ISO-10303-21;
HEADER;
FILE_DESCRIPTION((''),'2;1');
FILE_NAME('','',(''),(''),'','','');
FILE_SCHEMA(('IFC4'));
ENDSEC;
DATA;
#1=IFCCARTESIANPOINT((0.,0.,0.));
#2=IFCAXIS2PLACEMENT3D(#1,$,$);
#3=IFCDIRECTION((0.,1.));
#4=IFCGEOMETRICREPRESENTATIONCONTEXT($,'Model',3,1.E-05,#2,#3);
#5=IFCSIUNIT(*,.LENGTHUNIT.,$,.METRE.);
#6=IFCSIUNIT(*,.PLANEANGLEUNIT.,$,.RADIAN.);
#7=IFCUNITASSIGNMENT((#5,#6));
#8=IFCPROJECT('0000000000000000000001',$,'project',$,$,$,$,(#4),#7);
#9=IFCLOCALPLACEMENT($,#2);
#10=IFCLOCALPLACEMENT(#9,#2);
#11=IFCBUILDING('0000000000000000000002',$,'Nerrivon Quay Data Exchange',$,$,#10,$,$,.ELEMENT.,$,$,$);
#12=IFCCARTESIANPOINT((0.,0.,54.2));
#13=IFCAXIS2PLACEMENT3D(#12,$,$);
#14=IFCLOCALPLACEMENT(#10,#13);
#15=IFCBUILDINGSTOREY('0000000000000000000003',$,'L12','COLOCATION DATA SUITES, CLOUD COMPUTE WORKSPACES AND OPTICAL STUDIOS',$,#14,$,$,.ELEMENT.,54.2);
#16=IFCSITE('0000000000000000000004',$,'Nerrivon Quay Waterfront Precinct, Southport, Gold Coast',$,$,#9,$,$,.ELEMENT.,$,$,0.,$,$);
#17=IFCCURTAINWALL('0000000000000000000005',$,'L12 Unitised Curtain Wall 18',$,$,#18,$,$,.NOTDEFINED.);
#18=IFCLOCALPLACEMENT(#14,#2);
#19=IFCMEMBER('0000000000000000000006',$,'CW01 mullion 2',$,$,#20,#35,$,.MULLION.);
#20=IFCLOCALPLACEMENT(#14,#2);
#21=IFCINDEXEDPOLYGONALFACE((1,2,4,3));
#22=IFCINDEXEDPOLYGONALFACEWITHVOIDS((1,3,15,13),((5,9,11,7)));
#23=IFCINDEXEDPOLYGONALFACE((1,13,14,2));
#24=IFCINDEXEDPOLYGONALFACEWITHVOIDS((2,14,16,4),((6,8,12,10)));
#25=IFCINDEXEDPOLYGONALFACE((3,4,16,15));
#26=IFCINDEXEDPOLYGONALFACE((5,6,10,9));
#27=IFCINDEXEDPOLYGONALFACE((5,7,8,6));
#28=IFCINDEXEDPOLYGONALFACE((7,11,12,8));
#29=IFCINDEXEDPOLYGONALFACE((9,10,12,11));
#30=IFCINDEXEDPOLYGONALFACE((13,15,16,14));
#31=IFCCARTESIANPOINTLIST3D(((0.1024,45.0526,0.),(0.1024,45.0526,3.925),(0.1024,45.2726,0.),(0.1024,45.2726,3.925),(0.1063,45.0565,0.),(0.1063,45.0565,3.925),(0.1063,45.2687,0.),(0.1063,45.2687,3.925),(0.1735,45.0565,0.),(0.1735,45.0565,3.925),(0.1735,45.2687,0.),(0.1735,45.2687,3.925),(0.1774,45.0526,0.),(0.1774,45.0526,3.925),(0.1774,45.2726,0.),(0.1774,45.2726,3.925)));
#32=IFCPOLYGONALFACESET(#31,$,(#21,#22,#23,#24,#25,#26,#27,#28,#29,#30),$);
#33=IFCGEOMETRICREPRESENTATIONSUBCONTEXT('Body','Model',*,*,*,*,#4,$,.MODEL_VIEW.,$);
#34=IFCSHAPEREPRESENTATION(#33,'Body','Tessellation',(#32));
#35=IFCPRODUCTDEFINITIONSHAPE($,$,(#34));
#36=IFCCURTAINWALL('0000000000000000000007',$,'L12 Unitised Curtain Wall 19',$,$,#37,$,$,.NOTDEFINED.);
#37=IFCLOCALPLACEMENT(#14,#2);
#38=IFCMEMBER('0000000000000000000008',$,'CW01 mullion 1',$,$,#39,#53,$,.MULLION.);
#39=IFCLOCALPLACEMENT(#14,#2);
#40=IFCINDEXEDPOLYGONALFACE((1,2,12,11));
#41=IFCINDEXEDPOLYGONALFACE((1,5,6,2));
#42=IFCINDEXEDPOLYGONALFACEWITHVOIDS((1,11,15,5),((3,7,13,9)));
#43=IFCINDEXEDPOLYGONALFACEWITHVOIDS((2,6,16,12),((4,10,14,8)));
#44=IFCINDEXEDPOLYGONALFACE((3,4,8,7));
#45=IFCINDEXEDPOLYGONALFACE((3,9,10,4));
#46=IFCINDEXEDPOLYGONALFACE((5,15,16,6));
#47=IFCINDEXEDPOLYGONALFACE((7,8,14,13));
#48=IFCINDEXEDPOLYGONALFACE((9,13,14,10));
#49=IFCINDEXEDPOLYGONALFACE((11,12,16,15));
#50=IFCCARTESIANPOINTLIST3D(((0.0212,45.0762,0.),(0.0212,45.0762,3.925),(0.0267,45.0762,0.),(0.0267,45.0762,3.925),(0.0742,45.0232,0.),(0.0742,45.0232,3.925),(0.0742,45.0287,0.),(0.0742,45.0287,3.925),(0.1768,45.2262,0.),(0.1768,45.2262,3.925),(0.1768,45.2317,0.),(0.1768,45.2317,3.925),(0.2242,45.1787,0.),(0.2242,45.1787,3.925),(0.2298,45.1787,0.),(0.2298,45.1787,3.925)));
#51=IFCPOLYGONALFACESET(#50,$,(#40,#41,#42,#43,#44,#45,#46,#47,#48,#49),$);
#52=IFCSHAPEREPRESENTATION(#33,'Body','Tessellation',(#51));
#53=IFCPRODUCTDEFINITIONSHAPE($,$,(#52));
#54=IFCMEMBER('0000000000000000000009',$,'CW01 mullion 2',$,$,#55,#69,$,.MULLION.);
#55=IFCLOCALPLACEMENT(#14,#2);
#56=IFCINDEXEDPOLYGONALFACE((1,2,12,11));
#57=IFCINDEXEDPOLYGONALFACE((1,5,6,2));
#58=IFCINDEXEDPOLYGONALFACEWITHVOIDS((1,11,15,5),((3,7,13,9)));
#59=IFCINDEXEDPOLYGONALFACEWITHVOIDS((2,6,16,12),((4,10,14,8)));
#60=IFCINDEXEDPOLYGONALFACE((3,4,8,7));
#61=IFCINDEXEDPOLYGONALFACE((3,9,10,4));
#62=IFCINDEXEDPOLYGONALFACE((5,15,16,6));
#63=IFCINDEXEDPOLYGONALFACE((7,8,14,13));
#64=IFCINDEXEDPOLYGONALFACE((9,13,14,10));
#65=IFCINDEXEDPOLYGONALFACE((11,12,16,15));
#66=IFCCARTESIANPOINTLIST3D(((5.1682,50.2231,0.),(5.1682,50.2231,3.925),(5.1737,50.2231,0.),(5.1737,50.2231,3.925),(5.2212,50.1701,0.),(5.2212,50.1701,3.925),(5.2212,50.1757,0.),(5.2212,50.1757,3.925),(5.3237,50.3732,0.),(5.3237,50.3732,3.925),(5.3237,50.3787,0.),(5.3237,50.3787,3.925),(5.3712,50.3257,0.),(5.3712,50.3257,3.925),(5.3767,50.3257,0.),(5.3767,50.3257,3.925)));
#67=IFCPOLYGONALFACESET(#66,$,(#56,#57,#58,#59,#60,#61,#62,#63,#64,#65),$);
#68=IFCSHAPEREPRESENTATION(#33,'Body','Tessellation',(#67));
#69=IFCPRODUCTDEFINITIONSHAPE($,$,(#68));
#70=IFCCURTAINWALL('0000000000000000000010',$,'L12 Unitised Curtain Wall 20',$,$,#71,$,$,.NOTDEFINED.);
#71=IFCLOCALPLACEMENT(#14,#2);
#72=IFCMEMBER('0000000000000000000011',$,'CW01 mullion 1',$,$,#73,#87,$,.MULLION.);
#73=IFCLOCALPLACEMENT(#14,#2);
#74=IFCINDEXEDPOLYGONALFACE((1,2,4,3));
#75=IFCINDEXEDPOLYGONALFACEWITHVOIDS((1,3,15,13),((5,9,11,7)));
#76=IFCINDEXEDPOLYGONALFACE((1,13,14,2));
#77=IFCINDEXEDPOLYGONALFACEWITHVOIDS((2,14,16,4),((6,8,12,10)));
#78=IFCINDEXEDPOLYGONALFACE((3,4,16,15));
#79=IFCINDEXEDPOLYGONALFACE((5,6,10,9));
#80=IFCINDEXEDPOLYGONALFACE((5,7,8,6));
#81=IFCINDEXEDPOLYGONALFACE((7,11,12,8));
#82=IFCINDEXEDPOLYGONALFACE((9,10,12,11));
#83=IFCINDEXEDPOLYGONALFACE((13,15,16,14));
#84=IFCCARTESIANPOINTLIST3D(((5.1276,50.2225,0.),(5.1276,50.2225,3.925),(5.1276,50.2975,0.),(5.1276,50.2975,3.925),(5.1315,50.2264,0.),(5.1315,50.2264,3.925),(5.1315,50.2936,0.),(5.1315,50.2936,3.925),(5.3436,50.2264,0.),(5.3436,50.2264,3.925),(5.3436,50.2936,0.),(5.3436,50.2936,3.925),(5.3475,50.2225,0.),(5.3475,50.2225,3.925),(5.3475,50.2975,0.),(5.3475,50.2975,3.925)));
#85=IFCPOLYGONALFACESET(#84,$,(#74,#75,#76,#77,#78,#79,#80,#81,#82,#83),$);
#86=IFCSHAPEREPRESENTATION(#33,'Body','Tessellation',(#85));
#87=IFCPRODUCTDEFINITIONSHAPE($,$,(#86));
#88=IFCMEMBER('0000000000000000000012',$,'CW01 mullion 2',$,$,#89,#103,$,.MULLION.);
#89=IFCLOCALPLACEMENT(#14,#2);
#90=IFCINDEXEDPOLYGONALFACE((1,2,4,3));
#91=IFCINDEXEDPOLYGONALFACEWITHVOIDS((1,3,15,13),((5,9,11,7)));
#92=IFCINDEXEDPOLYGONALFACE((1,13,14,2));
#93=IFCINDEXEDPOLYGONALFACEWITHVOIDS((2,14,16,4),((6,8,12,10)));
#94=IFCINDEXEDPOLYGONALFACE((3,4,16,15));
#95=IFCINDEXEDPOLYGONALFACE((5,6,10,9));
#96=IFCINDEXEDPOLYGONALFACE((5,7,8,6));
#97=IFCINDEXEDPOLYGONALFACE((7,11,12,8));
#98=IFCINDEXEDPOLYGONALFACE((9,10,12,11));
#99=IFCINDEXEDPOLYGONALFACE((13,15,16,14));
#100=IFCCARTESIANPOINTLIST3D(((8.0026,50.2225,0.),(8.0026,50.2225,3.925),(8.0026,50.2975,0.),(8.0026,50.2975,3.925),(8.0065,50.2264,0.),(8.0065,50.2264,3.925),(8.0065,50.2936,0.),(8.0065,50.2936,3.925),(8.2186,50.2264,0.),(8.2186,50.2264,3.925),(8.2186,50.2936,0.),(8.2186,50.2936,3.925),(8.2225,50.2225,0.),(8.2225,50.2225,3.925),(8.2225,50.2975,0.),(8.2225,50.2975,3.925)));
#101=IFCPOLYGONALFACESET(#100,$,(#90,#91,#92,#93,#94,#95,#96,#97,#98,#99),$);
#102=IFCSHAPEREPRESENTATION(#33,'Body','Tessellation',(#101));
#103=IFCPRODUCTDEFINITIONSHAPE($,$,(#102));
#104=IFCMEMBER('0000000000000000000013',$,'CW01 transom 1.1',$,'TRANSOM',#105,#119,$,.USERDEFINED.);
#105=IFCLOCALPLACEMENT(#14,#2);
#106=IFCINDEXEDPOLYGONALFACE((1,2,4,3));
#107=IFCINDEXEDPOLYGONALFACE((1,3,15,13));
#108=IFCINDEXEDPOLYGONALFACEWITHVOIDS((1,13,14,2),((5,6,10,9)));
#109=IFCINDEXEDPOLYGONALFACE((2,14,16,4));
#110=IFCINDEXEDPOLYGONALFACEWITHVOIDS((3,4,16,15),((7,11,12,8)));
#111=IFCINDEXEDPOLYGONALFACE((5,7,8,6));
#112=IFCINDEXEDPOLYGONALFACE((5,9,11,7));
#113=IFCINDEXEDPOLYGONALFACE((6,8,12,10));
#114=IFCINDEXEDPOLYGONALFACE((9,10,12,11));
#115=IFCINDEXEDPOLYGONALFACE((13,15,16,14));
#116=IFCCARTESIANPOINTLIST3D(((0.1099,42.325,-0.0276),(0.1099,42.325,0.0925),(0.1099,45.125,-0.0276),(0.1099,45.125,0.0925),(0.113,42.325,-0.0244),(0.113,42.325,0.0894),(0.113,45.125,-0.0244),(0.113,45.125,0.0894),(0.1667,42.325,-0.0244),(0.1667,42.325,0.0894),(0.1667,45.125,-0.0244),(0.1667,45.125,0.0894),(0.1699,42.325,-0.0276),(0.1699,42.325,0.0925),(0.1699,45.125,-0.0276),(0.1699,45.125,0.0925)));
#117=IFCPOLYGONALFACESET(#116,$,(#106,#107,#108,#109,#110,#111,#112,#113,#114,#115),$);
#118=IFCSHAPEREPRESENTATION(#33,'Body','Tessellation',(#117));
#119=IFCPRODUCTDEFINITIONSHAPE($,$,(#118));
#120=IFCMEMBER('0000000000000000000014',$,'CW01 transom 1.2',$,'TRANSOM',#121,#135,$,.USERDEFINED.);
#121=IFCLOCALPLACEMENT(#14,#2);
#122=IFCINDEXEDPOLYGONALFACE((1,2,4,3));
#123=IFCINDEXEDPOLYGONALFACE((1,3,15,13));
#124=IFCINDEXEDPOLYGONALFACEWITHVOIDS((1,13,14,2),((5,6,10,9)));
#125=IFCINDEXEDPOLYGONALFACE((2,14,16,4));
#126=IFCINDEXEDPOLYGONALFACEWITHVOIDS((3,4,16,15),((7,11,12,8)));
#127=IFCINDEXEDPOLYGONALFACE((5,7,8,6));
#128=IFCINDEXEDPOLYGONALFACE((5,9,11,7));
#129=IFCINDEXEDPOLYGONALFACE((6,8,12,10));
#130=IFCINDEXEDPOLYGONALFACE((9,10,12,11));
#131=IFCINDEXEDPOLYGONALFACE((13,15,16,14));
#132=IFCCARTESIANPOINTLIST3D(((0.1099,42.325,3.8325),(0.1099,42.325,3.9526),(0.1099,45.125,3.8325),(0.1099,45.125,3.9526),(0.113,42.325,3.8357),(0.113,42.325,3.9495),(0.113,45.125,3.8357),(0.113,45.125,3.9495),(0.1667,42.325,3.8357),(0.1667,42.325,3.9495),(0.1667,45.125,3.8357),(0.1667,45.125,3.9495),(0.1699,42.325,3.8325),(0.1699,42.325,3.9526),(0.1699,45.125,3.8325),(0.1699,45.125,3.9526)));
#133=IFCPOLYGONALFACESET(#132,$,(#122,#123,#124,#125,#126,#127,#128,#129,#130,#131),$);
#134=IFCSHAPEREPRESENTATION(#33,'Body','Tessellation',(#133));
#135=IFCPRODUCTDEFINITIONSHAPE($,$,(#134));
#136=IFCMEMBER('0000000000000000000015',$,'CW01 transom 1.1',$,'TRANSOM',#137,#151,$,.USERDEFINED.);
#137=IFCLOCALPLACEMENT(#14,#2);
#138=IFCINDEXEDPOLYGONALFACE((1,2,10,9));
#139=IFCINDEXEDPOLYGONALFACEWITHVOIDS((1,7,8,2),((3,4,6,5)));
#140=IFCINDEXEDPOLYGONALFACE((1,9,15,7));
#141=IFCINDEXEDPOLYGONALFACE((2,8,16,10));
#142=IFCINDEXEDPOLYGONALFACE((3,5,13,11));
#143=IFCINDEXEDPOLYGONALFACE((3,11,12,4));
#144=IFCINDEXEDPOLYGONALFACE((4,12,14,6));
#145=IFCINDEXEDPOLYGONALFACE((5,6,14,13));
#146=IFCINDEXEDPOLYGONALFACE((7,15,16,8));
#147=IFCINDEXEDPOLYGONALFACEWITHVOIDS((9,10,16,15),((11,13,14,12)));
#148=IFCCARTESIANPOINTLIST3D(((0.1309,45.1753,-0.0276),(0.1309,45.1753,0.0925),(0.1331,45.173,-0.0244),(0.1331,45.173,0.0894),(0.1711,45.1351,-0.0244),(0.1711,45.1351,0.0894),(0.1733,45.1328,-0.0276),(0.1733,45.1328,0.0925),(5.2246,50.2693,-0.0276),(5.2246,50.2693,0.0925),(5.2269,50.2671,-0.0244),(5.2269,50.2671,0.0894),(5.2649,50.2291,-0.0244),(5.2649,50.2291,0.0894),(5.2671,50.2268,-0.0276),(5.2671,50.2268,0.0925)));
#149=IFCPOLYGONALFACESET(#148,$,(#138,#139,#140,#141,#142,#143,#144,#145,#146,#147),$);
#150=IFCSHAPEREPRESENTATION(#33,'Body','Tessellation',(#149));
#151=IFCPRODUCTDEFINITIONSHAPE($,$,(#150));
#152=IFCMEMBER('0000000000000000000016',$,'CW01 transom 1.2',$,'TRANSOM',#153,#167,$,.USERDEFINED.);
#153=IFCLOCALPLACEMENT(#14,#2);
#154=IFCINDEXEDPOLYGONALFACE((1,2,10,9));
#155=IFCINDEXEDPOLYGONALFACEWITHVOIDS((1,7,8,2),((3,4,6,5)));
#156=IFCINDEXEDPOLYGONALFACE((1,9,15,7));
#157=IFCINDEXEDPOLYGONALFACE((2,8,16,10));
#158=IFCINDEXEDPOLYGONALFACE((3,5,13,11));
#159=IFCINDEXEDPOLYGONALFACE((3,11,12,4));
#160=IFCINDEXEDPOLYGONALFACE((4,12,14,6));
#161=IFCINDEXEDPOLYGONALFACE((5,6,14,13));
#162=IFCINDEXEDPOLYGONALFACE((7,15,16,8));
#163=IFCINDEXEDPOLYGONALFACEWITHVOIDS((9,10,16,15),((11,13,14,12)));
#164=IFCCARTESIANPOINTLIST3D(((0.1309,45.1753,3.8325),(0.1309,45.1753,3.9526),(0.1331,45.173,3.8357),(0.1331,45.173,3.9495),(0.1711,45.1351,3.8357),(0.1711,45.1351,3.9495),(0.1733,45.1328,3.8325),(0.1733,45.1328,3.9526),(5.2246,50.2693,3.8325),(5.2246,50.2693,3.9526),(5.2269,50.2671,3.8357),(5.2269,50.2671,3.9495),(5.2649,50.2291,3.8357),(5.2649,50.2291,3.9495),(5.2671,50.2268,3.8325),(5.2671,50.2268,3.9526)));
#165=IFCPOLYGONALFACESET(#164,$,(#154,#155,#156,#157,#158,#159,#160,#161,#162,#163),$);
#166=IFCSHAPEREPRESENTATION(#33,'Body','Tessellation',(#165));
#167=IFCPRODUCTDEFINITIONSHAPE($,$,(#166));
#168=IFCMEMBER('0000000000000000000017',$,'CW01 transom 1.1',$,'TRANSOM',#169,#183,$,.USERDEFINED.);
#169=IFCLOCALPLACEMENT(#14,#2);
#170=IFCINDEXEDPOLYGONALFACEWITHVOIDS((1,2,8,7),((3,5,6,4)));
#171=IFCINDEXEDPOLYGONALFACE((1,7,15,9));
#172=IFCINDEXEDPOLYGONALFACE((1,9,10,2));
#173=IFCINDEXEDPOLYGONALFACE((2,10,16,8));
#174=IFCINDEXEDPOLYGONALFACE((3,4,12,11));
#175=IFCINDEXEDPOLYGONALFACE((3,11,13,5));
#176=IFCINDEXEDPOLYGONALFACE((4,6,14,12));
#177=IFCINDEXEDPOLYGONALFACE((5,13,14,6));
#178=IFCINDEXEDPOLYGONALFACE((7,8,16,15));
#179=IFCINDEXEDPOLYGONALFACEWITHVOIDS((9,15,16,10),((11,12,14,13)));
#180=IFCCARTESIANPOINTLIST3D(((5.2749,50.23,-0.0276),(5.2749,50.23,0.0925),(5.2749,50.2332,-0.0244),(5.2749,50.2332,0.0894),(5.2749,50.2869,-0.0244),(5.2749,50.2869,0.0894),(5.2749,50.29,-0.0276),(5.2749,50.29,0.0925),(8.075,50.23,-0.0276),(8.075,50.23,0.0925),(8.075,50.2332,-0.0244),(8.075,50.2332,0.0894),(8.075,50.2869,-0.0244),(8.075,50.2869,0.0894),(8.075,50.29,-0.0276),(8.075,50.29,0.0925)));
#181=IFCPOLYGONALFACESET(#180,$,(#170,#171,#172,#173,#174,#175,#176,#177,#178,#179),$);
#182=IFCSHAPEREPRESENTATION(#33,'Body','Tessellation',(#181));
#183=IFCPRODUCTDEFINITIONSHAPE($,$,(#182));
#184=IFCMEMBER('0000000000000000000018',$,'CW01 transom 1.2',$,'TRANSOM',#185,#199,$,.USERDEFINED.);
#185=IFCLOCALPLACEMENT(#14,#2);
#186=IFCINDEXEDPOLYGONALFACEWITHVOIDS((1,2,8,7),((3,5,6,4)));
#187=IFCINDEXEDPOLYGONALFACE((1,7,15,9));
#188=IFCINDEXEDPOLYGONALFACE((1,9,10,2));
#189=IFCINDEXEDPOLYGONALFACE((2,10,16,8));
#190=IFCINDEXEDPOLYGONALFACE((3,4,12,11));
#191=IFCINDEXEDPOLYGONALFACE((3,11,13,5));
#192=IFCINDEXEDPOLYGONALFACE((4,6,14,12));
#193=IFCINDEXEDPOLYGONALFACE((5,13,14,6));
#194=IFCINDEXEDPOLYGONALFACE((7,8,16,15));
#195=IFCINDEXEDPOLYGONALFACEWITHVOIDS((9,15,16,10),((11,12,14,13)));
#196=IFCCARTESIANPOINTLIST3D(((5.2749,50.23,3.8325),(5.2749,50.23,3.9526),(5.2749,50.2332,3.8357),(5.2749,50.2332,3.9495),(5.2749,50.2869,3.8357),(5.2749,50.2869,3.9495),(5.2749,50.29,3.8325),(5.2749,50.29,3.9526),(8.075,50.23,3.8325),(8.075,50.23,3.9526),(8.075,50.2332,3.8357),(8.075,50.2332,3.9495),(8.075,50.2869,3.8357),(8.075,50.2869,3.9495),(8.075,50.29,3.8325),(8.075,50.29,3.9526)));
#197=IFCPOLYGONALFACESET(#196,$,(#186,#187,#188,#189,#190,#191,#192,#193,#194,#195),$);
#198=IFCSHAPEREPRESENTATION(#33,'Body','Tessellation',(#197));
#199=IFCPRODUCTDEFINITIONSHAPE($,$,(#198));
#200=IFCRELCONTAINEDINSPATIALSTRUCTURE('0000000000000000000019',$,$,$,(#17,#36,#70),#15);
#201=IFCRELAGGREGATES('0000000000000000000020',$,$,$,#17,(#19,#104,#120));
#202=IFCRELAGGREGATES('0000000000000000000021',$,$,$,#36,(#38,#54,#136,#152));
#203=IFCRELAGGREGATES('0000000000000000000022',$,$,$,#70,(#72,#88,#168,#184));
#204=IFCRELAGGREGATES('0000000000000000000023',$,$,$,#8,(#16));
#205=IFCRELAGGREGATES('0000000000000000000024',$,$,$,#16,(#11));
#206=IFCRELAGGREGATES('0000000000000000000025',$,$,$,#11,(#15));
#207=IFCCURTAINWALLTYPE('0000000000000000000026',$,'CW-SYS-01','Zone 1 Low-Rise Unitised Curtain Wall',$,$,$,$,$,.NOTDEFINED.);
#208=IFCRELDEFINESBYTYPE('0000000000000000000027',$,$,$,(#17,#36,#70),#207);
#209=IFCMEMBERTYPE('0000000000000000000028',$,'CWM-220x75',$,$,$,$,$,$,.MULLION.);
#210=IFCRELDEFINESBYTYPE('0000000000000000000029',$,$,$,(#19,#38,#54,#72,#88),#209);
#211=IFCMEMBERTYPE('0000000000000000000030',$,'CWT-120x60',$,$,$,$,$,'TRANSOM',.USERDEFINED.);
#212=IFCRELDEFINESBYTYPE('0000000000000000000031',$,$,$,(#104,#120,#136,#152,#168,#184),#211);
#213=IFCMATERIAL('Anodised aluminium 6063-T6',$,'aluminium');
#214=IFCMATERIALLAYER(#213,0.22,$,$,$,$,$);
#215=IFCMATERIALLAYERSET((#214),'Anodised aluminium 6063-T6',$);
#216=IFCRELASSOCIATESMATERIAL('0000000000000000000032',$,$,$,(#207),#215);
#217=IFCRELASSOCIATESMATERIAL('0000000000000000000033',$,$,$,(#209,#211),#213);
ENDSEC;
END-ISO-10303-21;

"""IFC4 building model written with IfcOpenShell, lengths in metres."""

from ifc_helpers import new_model, si_unit, direction, frame, origin, origin_2d, place, context, subcontext, project, spatial, hollow_rectangle, extrude, material, layer, layer_set, material_profile, profile_set, type_object, element, aggregate, save


model = new_model("IFC4")

# Units and contexts
model_context = context("Model", 3, precision=1e-05, world=origin(), true_north=direction((0.0, 1.0)))
body_context = subcontext(model_context, "Body", "Model", "MODEL_VIEW")
ifc_project = project(units=[si_unit("LENGTHUNIT", "METRE"), si_unit("PLANEANGLEUNIT", "RADIAN")], contexts=[model_context])

# Site, building, storey
site_placement = place(None, origin())
site = spatial("IfcSite", under=ifc_project, at=site_placement, Name="Nerrivon Quay Waterfront Precinct, Southport, Gold Coast", CompositionType="ELEMENT", RefElevation=0.0)
building_placement = place(site_placement, origin())
building = spatial("IfcBuilding", under=site, at=building_placement, Name="Nerrivon Quay Data Exchange", CompositionType="ELEMENT")
storey_placement = place(building_placement, frame((0.0, 0.0, 54.2)))
storey = spatial("IfcBuildingStorey", under=building, at=storey_placement, Name="L12", Description="COLOCATION DATA SUITES, CLOUD COMPUTE WORKSPACES AND OPTICAL STUDIOS", CompositionType="ELEMENT", Elevation=54.2)

# Shared definitions
ifc_material_1 = material(Name="Anodised aluminium 6063-T6", Category="aluminium")
ifc_layer_1 = layer(ifc_material_1, 0.22)
ifc_layer_set_1 = layer_set([ifc_layer_1], Name="Anodised aluminium 6063-T6")
curtain_wall_type = type_object("IfcCurtainWallType", Name="CW-SYS-01", Description="Zone 1 Low-Rise Unitised Curtain Wall", PredefinedType="NOTDEFINED", material=ifc_layer_set_1)
ifc_material_profile_1 = material_profile(ifc_material_1, hollow_rectangle(XDim=0.075, YDim=0.22, WallThickness=0.0039, at=origin_2d()), Name="ALU-MULL-220x75")
ifc_profile_set_1 = profile_set([ifc_material_profile_1], Name="Anodised aluminium 6063-T6")
member_type_1 = type_object("IfcMemberType", Name="CWM-220x75", PredefinedType="MULLION", material=ifc_profile_set_1)

# Curtain walls, members
curtain_wall_1_placement = place(storey_placement, origin())
curtain_wall_1 = element("IfcCurtainWall", 1, at=curtain_wall_1_placement, inside=storey, type_object=curtain_wall_type, Name="L12 Unitised Curtain Wall 18", PredefinedType="NOTDEFINED")
member_1_placement = place(storey_placement, frame((0.1399, 45.1626, 0.0), z_axis=(0.0, 0.0, 1.0), x_axis=(-1.0, 0.0, 0.0)))
member_1 = element("IfcMember", 2, at=member_1_placement, type_object=member_type_1, Name="CW01 mullion 2", PredefinedType="MULLION", context=body_context, shape_type="SweptSolid", body=[
    extrude(hollow_rectangle(XDim=0.075, YDim=0.22, WallThickness=0.0039, at=origin_2d()), origin(), (0.0, 0.0, 1.0), 3.925),
])
curtain_wall_2_placement = place(storey_placement, origin())
curtain_wall_2 = element("IfcCurtainWall", 3, at=curtain_wall_2_placement, inside=storey, type_object=curtain_wall_type, Name="L12 Unitised Curtain Wall 19", PredefinedType="NOTDEFINED")
member_2_placement = place(storey_placement, frame((0.1255, 45.1274, 0.0), z_axis=(0.0, 0.0, 1.0), x_axis=(-0.707107, 0.707107, 0.0)))
member_2 = element("IfcMember", 4, at=member_2_placement, type_object=member_type_1, Name="CW01 mullion 1", PredefinedType="MULLION", context=body_context, shape_type="SweptSolid", body=[
    extrude(hollow_rectangle(XDim=0.075, YDim=0.22, WallThickness=0.0039, at=origin_2d()), origin(), (0.0, 0.0, 1.0), 3.925),
])
member_3_placement = place(storey_placement, frame((5.2725, 50.2744, 0.0), z_axis=(0.0, 0.0, 1.0), x_axis=(-0.707107, 0.707107, 0.0)))
member_3 = element("IfcMember", 5, at=member_3_placement, type_object=member_type_1, Name="CW01 mullion 2", PredefinedType="MULLION", context=body_context, shape_type="SweptSolid", body=[
    extrude(hollow_rectangle(XDim=0.075, YDim=0.22, WallThickness=0.0039, at=origin_2d()), origin(), (0.0, 0.0, 1.0), 3.925),
])
curtain_wall_3_placement = place(storey_placement, origin())
curtain_wall_3 = element("IfcCurtainWall", 6, at=curtain_wall_3_placement, inside=storey, type_object=curtain_wall_type, Name="L12 Unitised Curtain Wall 20", PredefinedType="NOTDEFINED")
member_4_placement = place(storey_placement, frame((5.2375, 50.26, 0.0), z_axis=(0.0, 0.0, 1.0), x_axis=(0.0, 1.0, 0.0)))
member_4 = element("IfcMember", 7, at=member_4_placement, type_object=member_type_1, Name="CW01 mullion 1", PredefinedType="MULLION", context=body_context, shape_type="SweptSolid", body=[
    extrude(hollow_rectangle(XDim=0.075, YDim=0.22, WallThickness=0.0039, at=origin_2d()), origin(), (0.0, 0.0, 1.0), 3.925),
])
member_5_placement = place(storey_placement, frame((8.1125, 50.26, 0.0), z_axis=(0.0, 0.0, 1.0), x_axis=(0.0, 1.0, 0.0)))
member_5 = element("IfcMember", 8, at=member_5_placement, type_object=member_type_1, Name="CW01 mullion 2", PredefinedType="MULLION", context=body_context, shape_type="SweptSolid", body=[
    extrude(hollow_rectangle(XDim=0.075, YDim=0.22, WallThickness=0.0039, at=origin_2d()), origin(), (0.0, 0.0, 1.0), 3.925),
])

# Members
ifc_material_profile_2 = material_profile(ifc_material_1, hollow_rectangle(XDim=0.0601, YDim=0.1201, WallThickness=0.0032, at=origin_2d()), Name="ALU-TRAN-120x60")
ifc_profile_set_2 = profile_set([ifc_material_profile_2], Name="Anodised aluminium 6063-T6")
member_type_2 = type_object("IfcMemberType", Name="CWT-120x60", ElementType="TRANSOM", PredefinedType="USERDEFINED", material=ifc_profile_set_2)
member_6_placement = place(storey_placement, frame((0.1399, 42.325, 0.0325), z_axis=(0.0, 1.0, 0.0), x_axis=(-1.0, 0.0, 0.0)))
member_6 = element("IfcMember", 9, at=member_6_placement, type_object=member_type_2, Name="CW01 transom 1.1", ObjectType="TRANSOM", PredefinedType="USERDEFINED", context=body_context, shape_type="SweptSolid", body=[
    extrude(hollow_rectangle(XDim=0.0601, YDim=0.1201, WallThickness=0.0032, at=origin_2d()), origin(), (0.0, 0.0, 1.0), 2.8),
])
member_7_placement = place(storey_placement, frame((0.1399, 42.325, 3.8926), z_axis=(0.0, 1.0, 0.0), x_axis=(-1.0, 0.0, 0.0)))
member_7 = element("IfcMember", 10, at=member_7_placement, type_object=member_type_2, Name="CW01 transom 1.2", ObjectType="TRANSOM", PredefinedType="USERDEFINED", context=body_context, shape_type="SweptSolid", body=[
    extrude(hollow_rectangle(XDim=0.0601, YDim=0.1201, WallThickness=0.0032, at=origin_2d()), origin(), (0.0, 0.0, 1.0), 2.8),
])
member_8_placement = place(storey_placement, frame((0.1521, 45.1541, 0.0325), z_axis=(0.70709, 0.707124, 0.0), x_axis=(-0.707124, 0.70709, 0.0)))
member_8 = element("IfcMember", 11, at=member_8_placement, type_object=member_type_2, Name="CW01 transom 1.1", ObjectType="TRANSOM", PredefinedType="USERDEFINED", context=body_context, shape_type="SweptSolid", body=[
    extrude(hollow_rectangle(XDim=0.0601, YDim=0.1201, WallThickness=0.0032, at=origin_2d()), origin(), (0.0, 0.0, 1.0), 7.2039),
])
member_9_placement = place(storey_placement, frame((0.1521, 45.1541, 3.8926), z_axis=(0.70709, 0.707124, 0.0), x_axis=(-0.707124, 0.70709, 0.0)))
member_9 = element("IfcMember", 12, at=member_9_placement, type_object=member_type_2, Name="CW01 transom 1.2", ObjectType="TRANSOM", PredefinedType="USERDEFINED", context=body_context, shape_type="SweptSolid", body=[
    extrude(hollow_rectangle(XDim=0.0601, YDim=0.1201, WallThickness=0.0032, at=origin_2d()), origin(), (0.0, 0.0, 1.0), 7.2039),
])
member_10_placement = place(storey_placement, frame((5.2749, 50.26, 0.0325), z_axis=(1.0, 0.0, 0.0), x_axis=(0.0, 1.0, 0.0)))
member_10 = element("IfcMember", 13, at=member_10_placement, type_object=member_type_2, Name="CW01 transom 1.1", ObjectType="TRANSOM", PredefinedType="USERDEFINED", context=body_context, shape_type="SweptSolid", body=[
    extrude(hollow_rectangle(XDim=0.0601, YDim=0.1201, WallThickness=0.0032, at=origin_2d()), origin(), (0.0, 0.0, 1.0), 2.8),
])
member_11_placement = place(storey_placement, frame((5.2749, 50.26, 3.8926), z_axis=(1.0, 0.0, 0.0), x_axis=(0.0, 1.0, 0.0)))
member_11 = element("IfcMember", 14, at=member_11_placement, type_object=member_type_2, Name="CW01 transom 1.2", ObjectType="TRANSOM", PredefinedType="USERDEFINED", context=body_context, shape_type="SweptSolid", body=[
    extrude(hollow_rectangle(XDim=0.0601, YDim=0.1201, WallThickness=0.0032, at=origin_2d()), origin(), (0.0, 0.0, 1.0), 2.8),
])

aggregate(curtain_wall_1, [member_1, member_6, member_7])
aggregate(curtain_wall_2, [member_2, member_3, member_8, member_9])
aggregate(curtain_wall_3, [member_4, member_5, member_10, member_11])

save(model, "model.ifc")
